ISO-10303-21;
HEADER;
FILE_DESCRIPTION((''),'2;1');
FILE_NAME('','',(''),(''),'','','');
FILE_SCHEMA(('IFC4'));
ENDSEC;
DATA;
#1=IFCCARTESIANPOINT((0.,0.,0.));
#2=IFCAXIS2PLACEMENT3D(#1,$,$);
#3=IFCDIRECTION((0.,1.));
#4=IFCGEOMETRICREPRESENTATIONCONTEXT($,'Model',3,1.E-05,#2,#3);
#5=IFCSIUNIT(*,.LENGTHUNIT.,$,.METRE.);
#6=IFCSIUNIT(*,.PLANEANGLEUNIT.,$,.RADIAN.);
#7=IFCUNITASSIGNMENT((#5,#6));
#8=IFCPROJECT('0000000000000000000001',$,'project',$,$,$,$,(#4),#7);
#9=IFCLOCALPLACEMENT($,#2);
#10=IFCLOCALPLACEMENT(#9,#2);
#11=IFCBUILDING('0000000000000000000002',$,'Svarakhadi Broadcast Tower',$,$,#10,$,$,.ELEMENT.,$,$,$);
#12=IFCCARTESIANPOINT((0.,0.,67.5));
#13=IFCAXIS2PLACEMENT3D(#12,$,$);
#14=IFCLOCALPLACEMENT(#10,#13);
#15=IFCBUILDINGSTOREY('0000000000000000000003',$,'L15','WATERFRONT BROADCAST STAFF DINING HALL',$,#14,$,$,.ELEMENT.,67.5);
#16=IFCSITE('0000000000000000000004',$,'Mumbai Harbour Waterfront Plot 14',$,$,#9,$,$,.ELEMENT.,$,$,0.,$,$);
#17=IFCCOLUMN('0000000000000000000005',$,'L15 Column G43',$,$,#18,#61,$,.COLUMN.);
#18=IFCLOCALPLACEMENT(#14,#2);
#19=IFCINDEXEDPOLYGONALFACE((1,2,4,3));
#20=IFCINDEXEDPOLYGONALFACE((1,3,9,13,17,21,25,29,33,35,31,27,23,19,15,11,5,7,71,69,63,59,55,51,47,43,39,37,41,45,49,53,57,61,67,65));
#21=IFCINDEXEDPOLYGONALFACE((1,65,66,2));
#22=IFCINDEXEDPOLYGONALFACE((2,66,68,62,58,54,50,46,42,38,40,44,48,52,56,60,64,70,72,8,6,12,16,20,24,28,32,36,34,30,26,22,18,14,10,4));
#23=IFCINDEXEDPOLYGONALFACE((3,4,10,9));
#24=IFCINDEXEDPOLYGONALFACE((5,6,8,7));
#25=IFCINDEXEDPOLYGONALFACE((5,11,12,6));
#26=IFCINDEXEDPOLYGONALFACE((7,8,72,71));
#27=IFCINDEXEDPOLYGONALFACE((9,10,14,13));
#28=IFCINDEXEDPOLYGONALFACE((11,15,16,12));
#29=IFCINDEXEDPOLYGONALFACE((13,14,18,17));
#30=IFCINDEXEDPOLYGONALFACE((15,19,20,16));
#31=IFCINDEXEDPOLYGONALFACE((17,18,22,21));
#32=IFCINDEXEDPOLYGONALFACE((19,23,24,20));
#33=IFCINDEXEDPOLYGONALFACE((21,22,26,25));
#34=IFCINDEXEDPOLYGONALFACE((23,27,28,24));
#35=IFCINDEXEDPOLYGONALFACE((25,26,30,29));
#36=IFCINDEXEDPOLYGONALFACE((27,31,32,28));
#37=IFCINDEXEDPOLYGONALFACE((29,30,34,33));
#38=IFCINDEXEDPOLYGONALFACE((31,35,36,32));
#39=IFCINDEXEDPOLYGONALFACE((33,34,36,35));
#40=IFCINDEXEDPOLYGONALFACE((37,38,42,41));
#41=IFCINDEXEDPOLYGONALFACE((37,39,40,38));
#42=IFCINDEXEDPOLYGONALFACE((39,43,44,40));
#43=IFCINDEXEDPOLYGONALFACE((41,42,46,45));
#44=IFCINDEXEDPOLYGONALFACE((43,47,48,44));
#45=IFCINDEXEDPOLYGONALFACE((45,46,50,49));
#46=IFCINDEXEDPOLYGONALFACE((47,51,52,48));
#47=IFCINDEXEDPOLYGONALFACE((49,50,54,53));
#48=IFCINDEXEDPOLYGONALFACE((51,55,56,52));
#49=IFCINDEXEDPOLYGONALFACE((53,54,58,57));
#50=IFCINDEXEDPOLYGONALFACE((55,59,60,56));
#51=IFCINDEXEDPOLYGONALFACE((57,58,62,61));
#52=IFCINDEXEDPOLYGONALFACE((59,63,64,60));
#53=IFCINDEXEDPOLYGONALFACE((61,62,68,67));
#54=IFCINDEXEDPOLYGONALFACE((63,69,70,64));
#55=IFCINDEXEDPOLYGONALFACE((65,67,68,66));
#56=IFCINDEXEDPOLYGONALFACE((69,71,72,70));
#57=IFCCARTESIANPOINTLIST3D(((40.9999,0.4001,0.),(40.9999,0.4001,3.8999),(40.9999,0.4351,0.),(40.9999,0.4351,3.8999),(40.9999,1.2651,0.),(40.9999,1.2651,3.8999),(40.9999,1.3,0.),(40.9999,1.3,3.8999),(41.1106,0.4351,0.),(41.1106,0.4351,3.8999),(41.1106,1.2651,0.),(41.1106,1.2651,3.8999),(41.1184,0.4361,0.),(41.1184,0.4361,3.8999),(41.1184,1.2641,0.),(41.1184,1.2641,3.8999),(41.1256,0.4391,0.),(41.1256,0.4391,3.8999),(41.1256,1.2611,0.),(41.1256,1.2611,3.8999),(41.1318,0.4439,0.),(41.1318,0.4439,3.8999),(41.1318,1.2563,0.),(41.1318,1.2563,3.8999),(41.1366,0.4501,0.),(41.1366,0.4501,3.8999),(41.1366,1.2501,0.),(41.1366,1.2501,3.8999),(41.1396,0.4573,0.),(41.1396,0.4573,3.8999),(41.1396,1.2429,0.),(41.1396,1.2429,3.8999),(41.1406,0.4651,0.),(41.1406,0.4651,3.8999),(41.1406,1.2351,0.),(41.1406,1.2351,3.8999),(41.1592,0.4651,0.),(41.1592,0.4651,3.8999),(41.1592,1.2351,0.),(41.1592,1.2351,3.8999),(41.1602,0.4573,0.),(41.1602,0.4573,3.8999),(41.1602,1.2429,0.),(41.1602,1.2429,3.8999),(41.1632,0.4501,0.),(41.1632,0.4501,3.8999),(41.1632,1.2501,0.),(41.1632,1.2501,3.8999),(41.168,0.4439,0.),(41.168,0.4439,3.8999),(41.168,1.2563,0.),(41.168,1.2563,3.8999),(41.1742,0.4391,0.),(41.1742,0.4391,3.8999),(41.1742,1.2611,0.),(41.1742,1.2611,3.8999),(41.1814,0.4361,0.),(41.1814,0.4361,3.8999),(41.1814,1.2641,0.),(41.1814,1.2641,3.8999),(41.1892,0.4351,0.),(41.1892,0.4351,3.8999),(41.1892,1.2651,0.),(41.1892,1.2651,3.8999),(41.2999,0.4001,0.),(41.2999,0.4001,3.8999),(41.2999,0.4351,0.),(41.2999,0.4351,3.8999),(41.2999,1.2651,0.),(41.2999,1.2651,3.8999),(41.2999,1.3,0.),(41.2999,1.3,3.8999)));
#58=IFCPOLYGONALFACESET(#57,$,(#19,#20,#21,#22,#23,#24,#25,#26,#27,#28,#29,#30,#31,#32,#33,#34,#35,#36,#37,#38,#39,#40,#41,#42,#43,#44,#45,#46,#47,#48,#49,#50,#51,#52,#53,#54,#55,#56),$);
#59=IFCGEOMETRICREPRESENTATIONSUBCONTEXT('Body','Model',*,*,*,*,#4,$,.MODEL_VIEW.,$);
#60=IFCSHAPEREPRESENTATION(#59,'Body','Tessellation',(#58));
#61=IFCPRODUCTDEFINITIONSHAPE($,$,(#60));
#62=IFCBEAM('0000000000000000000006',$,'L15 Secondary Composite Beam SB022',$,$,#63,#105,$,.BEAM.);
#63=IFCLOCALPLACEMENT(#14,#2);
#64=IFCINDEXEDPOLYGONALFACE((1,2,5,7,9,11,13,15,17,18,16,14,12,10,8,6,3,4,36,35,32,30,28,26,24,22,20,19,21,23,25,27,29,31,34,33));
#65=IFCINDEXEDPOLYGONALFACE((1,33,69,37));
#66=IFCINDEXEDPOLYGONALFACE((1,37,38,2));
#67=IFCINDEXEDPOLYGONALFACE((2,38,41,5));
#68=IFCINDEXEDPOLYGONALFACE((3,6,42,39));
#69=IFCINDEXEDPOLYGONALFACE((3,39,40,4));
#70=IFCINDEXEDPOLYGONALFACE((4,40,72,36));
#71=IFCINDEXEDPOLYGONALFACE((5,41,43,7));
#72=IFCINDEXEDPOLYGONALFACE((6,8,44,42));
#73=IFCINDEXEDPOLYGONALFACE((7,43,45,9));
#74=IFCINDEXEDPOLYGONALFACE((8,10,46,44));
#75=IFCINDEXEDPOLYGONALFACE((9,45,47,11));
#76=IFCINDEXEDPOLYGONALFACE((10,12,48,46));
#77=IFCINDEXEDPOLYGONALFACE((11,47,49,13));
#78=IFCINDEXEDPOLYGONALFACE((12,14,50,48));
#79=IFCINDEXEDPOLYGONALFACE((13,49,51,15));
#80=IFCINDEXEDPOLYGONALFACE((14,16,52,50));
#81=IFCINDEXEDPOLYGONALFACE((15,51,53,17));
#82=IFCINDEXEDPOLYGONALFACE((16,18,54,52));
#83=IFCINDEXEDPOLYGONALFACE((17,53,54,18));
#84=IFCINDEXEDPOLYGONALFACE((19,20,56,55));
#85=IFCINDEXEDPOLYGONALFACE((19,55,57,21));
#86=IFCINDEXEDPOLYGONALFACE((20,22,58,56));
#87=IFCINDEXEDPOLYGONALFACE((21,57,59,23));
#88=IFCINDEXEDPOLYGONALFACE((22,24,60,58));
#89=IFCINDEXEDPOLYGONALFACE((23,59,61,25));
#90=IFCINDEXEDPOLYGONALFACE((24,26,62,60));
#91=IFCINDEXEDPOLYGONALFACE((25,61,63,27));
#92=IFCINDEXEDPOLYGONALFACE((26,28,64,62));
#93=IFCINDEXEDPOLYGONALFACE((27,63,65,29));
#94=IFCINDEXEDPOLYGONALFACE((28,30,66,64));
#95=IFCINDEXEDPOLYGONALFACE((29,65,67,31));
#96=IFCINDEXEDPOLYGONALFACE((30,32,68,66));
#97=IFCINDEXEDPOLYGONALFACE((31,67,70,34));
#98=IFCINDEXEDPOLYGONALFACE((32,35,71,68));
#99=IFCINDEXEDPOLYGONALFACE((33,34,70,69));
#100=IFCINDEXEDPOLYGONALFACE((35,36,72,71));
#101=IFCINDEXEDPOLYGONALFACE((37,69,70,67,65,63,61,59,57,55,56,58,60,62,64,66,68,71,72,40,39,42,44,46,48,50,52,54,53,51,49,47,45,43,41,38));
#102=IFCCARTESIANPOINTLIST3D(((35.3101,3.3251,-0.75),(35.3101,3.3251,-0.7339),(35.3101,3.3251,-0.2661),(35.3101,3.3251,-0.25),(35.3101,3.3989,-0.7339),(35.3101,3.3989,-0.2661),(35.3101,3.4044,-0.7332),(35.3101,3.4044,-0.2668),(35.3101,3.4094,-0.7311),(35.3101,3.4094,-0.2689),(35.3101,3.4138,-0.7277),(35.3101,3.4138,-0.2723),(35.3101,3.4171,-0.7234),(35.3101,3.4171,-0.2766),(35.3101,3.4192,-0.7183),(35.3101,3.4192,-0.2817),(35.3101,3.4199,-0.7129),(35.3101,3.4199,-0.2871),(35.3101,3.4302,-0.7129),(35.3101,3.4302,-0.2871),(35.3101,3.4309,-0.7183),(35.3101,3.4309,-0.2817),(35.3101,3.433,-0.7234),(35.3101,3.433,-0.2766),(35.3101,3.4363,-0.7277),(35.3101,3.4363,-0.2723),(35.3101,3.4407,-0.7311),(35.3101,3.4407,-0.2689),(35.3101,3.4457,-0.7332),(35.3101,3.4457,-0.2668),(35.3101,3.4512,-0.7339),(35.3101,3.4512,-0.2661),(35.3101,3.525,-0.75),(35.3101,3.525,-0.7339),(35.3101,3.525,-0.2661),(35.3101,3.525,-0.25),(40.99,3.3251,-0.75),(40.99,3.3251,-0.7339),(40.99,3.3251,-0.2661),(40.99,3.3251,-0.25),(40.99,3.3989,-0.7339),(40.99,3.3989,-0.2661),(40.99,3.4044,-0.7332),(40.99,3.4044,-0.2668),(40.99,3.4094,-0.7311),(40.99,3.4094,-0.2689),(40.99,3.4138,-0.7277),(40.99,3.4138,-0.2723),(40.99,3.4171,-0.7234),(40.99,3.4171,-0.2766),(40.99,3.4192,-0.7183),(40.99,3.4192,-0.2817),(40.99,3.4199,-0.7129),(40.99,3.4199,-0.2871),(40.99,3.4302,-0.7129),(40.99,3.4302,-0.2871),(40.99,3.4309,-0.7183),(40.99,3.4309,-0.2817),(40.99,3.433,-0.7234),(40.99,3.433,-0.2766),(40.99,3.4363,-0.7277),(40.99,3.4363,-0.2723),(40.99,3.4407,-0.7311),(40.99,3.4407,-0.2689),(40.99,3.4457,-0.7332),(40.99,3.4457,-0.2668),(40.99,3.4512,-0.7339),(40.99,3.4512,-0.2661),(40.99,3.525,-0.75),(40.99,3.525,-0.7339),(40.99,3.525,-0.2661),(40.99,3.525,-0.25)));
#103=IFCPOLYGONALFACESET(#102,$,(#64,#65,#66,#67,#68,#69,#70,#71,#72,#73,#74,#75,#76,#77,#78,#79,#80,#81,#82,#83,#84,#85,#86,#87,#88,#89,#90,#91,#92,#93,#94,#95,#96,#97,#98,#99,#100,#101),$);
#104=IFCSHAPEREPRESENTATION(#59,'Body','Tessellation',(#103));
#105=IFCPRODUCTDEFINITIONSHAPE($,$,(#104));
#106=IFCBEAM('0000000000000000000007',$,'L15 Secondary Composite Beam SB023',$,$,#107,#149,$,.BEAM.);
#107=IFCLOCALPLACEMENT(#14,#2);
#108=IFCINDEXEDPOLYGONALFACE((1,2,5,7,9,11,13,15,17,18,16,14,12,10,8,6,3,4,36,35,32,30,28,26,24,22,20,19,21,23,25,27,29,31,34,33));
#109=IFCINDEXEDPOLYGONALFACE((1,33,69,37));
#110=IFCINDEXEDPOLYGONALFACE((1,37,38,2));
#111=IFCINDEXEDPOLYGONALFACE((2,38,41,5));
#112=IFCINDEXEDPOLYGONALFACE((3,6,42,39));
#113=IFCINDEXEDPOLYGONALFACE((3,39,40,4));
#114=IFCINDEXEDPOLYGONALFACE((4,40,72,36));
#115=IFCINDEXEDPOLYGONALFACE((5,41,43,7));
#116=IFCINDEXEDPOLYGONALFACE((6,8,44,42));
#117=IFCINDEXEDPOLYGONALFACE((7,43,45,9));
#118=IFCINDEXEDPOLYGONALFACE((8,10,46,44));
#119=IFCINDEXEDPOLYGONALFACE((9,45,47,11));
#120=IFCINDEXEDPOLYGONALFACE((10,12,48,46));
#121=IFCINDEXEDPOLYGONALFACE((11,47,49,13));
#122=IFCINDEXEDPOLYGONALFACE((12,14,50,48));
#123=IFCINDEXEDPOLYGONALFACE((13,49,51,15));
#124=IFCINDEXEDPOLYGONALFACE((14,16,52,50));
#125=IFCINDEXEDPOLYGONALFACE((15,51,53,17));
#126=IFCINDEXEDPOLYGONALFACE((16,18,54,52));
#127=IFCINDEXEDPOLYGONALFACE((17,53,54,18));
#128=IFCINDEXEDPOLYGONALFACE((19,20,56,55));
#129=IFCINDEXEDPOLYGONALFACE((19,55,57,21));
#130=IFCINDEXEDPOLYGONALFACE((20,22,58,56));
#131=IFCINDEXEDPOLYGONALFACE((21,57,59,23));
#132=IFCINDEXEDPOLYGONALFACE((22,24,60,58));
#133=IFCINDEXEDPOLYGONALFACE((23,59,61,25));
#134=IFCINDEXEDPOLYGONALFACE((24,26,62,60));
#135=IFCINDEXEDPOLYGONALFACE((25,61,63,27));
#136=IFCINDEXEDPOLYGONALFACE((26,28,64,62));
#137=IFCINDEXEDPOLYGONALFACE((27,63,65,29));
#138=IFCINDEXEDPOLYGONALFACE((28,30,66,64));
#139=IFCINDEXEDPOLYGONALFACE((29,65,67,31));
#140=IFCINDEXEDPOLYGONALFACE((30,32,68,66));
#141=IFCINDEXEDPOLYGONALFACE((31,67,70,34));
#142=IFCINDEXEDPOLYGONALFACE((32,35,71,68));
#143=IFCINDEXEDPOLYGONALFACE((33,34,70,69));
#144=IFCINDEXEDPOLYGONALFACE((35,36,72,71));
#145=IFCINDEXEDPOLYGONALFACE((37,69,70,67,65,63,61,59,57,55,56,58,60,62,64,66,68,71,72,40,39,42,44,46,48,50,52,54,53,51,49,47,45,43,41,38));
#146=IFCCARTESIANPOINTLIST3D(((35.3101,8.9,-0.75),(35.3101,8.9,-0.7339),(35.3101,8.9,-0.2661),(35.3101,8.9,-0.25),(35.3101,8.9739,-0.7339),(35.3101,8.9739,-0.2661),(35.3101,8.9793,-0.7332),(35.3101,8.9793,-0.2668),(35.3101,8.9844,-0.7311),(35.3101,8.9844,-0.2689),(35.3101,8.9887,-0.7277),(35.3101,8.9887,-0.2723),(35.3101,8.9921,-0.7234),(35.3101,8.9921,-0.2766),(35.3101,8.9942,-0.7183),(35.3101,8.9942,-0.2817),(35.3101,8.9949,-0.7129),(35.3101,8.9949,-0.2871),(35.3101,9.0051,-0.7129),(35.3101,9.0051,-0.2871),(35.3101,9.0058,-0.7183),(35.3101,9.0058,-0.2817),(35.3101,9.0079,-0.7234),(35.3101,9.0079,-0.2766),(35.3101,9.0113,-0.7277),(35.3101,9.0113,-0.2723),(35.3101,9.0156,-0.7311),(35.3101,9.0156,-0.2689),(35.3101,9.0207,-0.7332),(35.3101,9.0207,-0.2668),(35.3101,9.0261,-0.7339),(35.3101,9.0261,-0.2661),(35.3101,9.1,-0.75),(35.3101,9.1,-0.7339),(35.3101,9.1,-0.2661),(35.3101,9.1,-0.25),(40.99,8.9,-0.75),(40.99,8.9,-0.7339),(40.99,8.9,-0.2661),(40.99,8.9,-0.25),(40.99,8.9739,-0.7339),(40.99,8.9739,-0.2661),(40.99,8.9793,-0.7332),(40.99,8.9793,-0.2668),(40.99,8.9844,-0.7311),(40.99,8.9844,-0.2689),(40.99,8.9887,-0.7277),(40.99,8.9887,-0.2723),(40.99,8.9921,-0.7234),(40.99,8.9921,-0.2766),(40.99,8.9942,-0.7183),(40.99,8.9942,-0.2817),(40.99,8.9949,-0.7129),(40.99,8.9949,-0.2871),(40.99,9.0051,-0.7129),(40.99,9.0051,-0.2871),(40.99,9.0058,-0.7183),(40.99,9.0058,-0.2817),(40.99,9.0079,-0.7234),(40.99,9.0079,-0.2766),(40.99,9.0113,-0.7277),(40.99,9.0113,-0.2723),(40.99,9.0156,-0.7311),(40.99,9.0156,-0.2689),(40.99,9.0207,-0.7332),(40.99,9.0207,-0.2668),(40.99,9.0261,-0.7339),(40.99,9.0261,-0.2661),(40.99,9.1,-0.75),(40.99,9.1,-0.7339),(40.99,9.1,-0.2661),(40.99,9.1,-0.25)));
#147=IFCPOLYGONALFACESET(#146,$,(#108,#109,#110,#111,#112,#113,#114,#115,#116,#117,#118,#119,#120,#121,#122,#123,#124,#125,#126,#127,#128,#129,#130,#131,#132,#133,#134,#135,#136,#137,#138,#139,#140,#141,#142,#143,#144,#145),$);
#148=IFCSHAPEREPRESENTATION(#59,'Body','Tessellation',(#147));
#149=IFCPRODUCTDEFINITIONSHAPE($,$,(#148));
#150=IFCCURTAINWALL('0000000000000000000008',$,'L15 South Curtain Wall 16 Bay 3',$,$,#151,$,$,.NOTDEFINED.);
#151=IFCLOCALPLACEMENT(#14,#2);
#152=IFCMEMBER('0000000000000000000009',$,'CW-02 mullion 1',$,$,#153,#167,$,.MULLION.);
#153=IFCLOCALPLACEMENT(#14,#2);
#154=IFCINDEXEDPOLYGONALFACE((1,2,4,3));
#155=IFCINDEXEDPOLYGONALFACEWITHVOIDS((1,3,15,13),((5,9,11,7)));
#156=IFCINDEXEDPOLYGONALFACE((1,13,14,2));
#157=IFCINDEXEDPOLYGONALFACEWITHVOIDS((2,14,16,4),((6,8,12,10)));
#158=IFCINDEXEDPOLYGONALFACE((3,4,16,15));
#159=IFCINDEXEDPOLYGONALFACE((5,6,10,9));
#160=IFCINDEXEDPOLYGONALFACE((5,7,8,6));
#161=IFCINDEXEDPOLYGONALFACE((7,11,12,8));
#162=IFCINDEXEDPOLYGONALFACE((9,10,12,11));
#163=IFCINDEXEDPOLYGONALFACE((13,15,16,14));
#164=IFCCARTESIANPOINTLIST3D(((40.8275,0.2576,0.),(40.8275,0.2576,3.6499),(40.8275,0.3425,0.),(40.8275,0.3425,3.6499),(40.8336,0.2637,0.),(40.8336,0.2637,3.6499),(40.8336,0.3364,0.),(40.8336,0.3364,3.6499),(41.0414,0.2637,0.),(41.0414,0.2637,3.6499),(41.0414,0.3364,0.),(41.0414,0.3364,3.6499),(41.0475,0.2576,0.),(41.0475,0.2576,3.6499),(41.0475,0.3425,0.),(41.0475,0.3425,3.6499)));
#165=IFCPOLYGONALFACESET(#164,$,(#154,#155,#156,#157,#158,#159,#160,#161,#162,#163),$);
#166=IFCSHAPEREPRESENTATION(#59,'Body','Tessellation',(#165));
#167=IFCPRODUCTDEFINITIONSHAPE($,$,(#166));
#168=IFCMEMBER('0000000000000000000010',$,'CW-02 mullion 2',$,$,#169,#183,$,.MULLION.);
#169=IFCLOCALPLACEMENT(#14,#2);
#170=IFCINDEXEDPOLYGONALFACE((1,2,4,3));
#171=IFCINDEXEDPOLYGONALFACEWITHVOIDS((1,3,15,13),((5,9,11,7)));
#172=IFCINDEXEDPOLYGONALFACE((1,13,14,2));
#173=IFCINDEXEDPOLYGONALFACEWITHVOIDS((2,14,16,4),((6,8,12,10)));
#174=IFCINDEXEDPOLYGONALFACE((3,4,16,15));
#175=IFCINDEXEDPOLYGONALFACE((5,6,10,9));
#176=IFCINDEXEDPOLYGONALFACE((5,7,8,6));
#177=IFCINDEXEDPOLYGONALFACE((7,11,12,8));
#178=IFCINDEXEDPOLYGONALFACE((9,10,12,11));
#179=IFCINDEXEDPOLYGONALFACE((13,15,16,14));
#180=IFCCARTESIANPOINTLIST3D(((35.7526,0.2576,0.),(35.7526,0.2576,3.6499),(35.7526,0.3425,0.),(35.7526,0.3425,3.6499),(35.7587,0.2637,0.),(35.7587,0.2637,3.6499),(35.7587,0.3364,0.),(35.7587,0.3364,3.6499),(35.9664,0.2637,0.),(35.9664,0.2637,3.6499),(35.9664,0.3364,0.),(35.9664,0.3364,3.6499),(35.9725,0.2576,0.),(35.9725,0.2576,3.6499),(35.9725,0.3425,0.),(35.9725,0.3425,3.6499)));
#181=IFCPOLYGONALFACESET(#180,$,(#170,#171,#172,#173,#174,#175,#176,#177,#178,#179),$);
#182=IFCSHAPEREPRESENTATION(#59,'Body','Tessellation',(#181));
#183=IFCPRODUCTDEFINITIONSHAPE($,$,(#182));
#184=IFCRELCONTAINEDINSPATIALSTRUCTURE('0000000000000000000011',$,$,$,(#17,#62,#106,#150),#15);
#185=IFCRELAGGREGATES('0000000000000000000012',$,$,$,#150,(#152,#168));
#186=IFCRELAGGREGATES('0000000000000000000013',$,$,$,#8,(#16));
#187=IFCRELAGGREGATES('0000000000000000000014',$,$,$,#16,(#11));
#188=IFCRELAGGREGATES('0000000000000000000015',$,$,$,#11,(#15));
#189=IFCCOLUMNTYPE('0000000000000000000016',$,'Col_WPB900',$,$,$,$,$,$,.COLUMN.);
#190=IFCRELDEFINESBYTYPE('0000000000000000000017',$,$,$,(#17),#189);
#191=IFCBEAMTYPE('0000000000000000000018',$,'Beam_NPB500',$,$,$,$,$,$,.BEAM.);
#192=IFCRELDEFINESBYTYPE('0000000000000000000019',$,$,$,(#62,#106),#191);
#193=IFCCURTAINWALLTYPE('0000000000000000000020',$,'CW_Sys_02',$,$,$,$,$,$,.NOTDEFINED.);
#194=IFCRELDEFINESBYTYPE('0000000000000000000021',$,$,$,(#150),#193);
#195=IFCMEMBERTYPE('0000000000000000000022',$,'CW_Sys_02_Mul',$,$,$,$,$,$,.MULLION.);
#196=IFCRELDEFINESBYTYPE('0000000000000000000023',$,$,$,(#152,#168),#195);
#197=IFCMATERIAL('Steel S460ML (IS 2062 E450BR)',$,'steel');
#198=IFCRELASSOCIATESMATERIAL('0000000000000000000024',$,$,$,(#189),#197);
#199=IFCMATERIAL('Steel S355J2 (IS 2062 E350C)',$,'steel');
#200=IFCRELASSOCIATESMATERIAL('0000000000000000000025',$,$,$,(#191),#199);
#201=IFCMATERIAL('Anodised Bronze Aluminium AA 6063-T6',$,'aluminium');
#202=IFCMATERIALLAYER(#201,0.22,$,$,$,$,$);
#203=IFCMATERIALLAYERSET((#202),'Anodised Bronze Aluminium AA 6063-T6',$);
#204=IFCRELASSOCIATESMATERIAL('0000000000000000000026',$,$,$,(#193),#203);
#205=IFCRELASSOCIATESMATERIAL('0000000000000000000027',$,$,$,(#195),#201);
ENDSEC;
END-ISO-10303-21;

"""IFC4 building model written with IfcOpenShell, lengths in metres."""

from ifc_helpers import new_model, si_unit, direction, frame, origin, origin_2d, place, context, subcontext, project, spatial, hollow_rectangle, i_section, extrude, material, layer, layer_set, material_profile, profile_set, type_object, element, aggregate, save


model = new_model("IFC4")

# Units and contexts
model_context = context("Model", 3, precision=1e-05, world=origin(), true_north=direction((0.0, 1.0)))
body_context = subcontext(model_context, "Body", "Model", "MODEL_VIEW")
ifc_project = project(units=[si_unit("LENGTHUNIT", "METRE"), si_unit("PLANEANGLEUNIT", "RADIAN")], contexts=[model_context])

# Site, building, storey
site_placement = place(None, origin())
site = spatial("IfcSite", under=ifc_project, at=site_placement, Name="Mumbai Harbour Waterfront Plot 14", CompositionType="ELEMENT", RefElevation=0.0)
building_placement = place(site_placement, origin())
building = spatial("IfcBuilding", under=site, at=building_placement, Name="Svarakhadi Broadcast Tower", CompositionType="ELEMENT")
storey_placement = place(building_placement, frame((0.0, 0.0, 67.5)))
storey = spatial("IfcBuildingStorey", under=building, at=storey_placement, Name="L15", Description="WATERFRONT BROADCAST STAFF DINING HALL", CompositionType="ELEMENT", Elevation=67.5)

# Column
ifc_material_1 = material(Name="Steel S460ML (IS 2062 E450BR)", Category="steel")
ifc_material_profile_1 = material_profile(ifc_material_1, i_section(OverallWidth=0.3, OverallDepth=0.8999, WebThickness=0.0186, FlangeThickness=0.0349, FilletRadius=0.03, at=origin_2d()), Name="WPB 900x300x291")
ifc_profile_set_1 = profile_set([ifc_material_profile_1], Name="Steel S460ML (IS 2062 E450BR)")
column_type = type_object("IfcColumnType", Name="Col_WPB900", PredefinedType="COLUMN", material=ifc_profile_set_1)
column_placement = place(storey_placement, frame((41.1499, 0.8501, 0.0), z_axis=(0.0, 0.0, 1.0), x_axis=(1.0, 0.0, 0.0)))
element("IfcColumn", 1, at=column_placement, inside=storey, type_object=column_type, Name="L15 Column G43", PredefinedType="COLUMN", context=body_context, shape_type="SweptSolid", body=[
    extrude(i_section(OverallWidth=0.3, OverallDepth=0.8999, WebThickness=0.0186, FlangeThickness=0.0349, FilletRadius=0.03, at=origin_2d()), origin(), (0.0, 0.0, 1.0), 3.8999),
])

# Beams
ifc_material_2 = material(Name="Steel S355J2 (IS 2062 E350C)", Category="steel")
ifc_material_profile_2 = material_profile(ifc_material_2, i_section(OverallWidth=0.2, OverallDepth=0.5, WebThickness=0.0103, FlangeThickness=0.0161, FilletRadius=0.021, at=origin_2d()), Name="NPB 500x200x91")
ifc_profile_set_2 = profile_set([ifc_material_profile_2], Name="Steel S355J2 (IS 2062 E350C)")
beam_type_1 = type_object("IfcBeamType", Name="Beam_NPB500", PredefinedType="BEAM", material=ifc_profile_set_2)
for number, where, z_axis, x_axis, name in (
    (2, (35.3101, 3.425, -0.5), (1.0, 0.0, 0.0), (0.0, 1.0, 0.0), "L15 Secondary Composite Beam SB022"),
    (3, (35.3101, 9.0, -0.5), (1.0, 0.0, 0.0), (0.0, 1.0, 0.0), "L15 Secondary Composite Beam SB023"),
):
    element("IfcBeam", number, at=place(storey_placement, frame(where, z_axis=z_axis, x_axis=x_axis)), inside=storey, type_object=beam_type_1, Name=name, PredefinedType="BEAM", context=body_context, shape_type="SweptSolid", body=[
        extrude(i_section(OverallWidth=0.2, OverallDepth=0.5, WebThickness=0.0103, FlangeThickness=0.0161, FilletRadius=0.021, at=origin_2d()), origin(), (0.0, 0.0, 1.0), 5.6799),
    ])

# Curtain wall, members
ifc_material_3 = material(Name="Anodised Bronze Aluminium AA 6063-T6", Category="aluminium")
ifc_layer_1 = layer(ifc_material_3, 0.22)
ifc_layer_set_1 = layer_set([ifc_layer_1], Name="Anodised Bronze Aluminium AA 6063-T6")
curtain_wall_type = type_object("IfcCurtainWallType", Name="CW_Sys_02", PredefinedType="NOTDEFINED", material=ifc_layer_set_1)
curtain_wall_placement = place(storey_placement, origin())
curtain_wall = element("IfcCurtainWall", 4, at=curtain_wall_placement, inside=storey, type_object=curtain_wall_type, Name="L15 South Curtain Wall 16 Bay 3", PredefinedType="NOTDEFINED")
ifc_material_profile_3 = material_profile(ifc_material_3, hollow_rectangle(XDim=0.085, YDim=0.22, WallThickness=0.0061, at=origin_2d()), Name="ALU MULLION 220x85x6")
ifc_profile_set_3 = profile_set([ifc_material_profile_3], Name="Anodised Bronze Aluminium AA 6063-T6")
member_type_1 = type_object("IfcMemberType", Name="CW_Sys_02_Mul", PredefinedType="MULLION", material=ifc_profile_set_3)
member_1_placement = place(storey_placement, frame((40.9375, 0.3, 0.0), z_axis=(0.0, 0.0, 1.0), x_axis=(0.0, -1.0, 0.0)))
member_1 = element("IfcMember", 5, at=member_1_placement, type_object=member_type_1, Name="CW-02 mullion 1", PredefinedType="MULLION", context=body_context, shape_type="SweptSolid", body=[
    extrude(hollow_rectangle(XDim=0.085, YDim=0.22, WallThickness=0.0061, at=origin_2d()), origin(), (0.0, 0.0, 1.0), 3.6499),
])
member_2_placement = place(storey_placement, frame((35.8625, 0.3, 0.0), z_axis=(0.0, 0.0, 1.0), x_axis=(0.0, -1.0, 0.0)))
member_2 = element("IfcMember", 6, at=member_2_placement, type_object=member_type_1, Name="CW-02 mullion 2", PredefinedType="MULLION", context=body_context, shape_type="SweptSolid", body=[
    extrude(hollow_rectangle(XDim=0.085, YDim=0.22, WallThickness=0.0061, at=origin_2d()), origin(), (0.0, 0.0, 1.0), 3.6499),
])

aggregate(curtain_wall, [member_1, member_2])

save(model, "model.ifc")
